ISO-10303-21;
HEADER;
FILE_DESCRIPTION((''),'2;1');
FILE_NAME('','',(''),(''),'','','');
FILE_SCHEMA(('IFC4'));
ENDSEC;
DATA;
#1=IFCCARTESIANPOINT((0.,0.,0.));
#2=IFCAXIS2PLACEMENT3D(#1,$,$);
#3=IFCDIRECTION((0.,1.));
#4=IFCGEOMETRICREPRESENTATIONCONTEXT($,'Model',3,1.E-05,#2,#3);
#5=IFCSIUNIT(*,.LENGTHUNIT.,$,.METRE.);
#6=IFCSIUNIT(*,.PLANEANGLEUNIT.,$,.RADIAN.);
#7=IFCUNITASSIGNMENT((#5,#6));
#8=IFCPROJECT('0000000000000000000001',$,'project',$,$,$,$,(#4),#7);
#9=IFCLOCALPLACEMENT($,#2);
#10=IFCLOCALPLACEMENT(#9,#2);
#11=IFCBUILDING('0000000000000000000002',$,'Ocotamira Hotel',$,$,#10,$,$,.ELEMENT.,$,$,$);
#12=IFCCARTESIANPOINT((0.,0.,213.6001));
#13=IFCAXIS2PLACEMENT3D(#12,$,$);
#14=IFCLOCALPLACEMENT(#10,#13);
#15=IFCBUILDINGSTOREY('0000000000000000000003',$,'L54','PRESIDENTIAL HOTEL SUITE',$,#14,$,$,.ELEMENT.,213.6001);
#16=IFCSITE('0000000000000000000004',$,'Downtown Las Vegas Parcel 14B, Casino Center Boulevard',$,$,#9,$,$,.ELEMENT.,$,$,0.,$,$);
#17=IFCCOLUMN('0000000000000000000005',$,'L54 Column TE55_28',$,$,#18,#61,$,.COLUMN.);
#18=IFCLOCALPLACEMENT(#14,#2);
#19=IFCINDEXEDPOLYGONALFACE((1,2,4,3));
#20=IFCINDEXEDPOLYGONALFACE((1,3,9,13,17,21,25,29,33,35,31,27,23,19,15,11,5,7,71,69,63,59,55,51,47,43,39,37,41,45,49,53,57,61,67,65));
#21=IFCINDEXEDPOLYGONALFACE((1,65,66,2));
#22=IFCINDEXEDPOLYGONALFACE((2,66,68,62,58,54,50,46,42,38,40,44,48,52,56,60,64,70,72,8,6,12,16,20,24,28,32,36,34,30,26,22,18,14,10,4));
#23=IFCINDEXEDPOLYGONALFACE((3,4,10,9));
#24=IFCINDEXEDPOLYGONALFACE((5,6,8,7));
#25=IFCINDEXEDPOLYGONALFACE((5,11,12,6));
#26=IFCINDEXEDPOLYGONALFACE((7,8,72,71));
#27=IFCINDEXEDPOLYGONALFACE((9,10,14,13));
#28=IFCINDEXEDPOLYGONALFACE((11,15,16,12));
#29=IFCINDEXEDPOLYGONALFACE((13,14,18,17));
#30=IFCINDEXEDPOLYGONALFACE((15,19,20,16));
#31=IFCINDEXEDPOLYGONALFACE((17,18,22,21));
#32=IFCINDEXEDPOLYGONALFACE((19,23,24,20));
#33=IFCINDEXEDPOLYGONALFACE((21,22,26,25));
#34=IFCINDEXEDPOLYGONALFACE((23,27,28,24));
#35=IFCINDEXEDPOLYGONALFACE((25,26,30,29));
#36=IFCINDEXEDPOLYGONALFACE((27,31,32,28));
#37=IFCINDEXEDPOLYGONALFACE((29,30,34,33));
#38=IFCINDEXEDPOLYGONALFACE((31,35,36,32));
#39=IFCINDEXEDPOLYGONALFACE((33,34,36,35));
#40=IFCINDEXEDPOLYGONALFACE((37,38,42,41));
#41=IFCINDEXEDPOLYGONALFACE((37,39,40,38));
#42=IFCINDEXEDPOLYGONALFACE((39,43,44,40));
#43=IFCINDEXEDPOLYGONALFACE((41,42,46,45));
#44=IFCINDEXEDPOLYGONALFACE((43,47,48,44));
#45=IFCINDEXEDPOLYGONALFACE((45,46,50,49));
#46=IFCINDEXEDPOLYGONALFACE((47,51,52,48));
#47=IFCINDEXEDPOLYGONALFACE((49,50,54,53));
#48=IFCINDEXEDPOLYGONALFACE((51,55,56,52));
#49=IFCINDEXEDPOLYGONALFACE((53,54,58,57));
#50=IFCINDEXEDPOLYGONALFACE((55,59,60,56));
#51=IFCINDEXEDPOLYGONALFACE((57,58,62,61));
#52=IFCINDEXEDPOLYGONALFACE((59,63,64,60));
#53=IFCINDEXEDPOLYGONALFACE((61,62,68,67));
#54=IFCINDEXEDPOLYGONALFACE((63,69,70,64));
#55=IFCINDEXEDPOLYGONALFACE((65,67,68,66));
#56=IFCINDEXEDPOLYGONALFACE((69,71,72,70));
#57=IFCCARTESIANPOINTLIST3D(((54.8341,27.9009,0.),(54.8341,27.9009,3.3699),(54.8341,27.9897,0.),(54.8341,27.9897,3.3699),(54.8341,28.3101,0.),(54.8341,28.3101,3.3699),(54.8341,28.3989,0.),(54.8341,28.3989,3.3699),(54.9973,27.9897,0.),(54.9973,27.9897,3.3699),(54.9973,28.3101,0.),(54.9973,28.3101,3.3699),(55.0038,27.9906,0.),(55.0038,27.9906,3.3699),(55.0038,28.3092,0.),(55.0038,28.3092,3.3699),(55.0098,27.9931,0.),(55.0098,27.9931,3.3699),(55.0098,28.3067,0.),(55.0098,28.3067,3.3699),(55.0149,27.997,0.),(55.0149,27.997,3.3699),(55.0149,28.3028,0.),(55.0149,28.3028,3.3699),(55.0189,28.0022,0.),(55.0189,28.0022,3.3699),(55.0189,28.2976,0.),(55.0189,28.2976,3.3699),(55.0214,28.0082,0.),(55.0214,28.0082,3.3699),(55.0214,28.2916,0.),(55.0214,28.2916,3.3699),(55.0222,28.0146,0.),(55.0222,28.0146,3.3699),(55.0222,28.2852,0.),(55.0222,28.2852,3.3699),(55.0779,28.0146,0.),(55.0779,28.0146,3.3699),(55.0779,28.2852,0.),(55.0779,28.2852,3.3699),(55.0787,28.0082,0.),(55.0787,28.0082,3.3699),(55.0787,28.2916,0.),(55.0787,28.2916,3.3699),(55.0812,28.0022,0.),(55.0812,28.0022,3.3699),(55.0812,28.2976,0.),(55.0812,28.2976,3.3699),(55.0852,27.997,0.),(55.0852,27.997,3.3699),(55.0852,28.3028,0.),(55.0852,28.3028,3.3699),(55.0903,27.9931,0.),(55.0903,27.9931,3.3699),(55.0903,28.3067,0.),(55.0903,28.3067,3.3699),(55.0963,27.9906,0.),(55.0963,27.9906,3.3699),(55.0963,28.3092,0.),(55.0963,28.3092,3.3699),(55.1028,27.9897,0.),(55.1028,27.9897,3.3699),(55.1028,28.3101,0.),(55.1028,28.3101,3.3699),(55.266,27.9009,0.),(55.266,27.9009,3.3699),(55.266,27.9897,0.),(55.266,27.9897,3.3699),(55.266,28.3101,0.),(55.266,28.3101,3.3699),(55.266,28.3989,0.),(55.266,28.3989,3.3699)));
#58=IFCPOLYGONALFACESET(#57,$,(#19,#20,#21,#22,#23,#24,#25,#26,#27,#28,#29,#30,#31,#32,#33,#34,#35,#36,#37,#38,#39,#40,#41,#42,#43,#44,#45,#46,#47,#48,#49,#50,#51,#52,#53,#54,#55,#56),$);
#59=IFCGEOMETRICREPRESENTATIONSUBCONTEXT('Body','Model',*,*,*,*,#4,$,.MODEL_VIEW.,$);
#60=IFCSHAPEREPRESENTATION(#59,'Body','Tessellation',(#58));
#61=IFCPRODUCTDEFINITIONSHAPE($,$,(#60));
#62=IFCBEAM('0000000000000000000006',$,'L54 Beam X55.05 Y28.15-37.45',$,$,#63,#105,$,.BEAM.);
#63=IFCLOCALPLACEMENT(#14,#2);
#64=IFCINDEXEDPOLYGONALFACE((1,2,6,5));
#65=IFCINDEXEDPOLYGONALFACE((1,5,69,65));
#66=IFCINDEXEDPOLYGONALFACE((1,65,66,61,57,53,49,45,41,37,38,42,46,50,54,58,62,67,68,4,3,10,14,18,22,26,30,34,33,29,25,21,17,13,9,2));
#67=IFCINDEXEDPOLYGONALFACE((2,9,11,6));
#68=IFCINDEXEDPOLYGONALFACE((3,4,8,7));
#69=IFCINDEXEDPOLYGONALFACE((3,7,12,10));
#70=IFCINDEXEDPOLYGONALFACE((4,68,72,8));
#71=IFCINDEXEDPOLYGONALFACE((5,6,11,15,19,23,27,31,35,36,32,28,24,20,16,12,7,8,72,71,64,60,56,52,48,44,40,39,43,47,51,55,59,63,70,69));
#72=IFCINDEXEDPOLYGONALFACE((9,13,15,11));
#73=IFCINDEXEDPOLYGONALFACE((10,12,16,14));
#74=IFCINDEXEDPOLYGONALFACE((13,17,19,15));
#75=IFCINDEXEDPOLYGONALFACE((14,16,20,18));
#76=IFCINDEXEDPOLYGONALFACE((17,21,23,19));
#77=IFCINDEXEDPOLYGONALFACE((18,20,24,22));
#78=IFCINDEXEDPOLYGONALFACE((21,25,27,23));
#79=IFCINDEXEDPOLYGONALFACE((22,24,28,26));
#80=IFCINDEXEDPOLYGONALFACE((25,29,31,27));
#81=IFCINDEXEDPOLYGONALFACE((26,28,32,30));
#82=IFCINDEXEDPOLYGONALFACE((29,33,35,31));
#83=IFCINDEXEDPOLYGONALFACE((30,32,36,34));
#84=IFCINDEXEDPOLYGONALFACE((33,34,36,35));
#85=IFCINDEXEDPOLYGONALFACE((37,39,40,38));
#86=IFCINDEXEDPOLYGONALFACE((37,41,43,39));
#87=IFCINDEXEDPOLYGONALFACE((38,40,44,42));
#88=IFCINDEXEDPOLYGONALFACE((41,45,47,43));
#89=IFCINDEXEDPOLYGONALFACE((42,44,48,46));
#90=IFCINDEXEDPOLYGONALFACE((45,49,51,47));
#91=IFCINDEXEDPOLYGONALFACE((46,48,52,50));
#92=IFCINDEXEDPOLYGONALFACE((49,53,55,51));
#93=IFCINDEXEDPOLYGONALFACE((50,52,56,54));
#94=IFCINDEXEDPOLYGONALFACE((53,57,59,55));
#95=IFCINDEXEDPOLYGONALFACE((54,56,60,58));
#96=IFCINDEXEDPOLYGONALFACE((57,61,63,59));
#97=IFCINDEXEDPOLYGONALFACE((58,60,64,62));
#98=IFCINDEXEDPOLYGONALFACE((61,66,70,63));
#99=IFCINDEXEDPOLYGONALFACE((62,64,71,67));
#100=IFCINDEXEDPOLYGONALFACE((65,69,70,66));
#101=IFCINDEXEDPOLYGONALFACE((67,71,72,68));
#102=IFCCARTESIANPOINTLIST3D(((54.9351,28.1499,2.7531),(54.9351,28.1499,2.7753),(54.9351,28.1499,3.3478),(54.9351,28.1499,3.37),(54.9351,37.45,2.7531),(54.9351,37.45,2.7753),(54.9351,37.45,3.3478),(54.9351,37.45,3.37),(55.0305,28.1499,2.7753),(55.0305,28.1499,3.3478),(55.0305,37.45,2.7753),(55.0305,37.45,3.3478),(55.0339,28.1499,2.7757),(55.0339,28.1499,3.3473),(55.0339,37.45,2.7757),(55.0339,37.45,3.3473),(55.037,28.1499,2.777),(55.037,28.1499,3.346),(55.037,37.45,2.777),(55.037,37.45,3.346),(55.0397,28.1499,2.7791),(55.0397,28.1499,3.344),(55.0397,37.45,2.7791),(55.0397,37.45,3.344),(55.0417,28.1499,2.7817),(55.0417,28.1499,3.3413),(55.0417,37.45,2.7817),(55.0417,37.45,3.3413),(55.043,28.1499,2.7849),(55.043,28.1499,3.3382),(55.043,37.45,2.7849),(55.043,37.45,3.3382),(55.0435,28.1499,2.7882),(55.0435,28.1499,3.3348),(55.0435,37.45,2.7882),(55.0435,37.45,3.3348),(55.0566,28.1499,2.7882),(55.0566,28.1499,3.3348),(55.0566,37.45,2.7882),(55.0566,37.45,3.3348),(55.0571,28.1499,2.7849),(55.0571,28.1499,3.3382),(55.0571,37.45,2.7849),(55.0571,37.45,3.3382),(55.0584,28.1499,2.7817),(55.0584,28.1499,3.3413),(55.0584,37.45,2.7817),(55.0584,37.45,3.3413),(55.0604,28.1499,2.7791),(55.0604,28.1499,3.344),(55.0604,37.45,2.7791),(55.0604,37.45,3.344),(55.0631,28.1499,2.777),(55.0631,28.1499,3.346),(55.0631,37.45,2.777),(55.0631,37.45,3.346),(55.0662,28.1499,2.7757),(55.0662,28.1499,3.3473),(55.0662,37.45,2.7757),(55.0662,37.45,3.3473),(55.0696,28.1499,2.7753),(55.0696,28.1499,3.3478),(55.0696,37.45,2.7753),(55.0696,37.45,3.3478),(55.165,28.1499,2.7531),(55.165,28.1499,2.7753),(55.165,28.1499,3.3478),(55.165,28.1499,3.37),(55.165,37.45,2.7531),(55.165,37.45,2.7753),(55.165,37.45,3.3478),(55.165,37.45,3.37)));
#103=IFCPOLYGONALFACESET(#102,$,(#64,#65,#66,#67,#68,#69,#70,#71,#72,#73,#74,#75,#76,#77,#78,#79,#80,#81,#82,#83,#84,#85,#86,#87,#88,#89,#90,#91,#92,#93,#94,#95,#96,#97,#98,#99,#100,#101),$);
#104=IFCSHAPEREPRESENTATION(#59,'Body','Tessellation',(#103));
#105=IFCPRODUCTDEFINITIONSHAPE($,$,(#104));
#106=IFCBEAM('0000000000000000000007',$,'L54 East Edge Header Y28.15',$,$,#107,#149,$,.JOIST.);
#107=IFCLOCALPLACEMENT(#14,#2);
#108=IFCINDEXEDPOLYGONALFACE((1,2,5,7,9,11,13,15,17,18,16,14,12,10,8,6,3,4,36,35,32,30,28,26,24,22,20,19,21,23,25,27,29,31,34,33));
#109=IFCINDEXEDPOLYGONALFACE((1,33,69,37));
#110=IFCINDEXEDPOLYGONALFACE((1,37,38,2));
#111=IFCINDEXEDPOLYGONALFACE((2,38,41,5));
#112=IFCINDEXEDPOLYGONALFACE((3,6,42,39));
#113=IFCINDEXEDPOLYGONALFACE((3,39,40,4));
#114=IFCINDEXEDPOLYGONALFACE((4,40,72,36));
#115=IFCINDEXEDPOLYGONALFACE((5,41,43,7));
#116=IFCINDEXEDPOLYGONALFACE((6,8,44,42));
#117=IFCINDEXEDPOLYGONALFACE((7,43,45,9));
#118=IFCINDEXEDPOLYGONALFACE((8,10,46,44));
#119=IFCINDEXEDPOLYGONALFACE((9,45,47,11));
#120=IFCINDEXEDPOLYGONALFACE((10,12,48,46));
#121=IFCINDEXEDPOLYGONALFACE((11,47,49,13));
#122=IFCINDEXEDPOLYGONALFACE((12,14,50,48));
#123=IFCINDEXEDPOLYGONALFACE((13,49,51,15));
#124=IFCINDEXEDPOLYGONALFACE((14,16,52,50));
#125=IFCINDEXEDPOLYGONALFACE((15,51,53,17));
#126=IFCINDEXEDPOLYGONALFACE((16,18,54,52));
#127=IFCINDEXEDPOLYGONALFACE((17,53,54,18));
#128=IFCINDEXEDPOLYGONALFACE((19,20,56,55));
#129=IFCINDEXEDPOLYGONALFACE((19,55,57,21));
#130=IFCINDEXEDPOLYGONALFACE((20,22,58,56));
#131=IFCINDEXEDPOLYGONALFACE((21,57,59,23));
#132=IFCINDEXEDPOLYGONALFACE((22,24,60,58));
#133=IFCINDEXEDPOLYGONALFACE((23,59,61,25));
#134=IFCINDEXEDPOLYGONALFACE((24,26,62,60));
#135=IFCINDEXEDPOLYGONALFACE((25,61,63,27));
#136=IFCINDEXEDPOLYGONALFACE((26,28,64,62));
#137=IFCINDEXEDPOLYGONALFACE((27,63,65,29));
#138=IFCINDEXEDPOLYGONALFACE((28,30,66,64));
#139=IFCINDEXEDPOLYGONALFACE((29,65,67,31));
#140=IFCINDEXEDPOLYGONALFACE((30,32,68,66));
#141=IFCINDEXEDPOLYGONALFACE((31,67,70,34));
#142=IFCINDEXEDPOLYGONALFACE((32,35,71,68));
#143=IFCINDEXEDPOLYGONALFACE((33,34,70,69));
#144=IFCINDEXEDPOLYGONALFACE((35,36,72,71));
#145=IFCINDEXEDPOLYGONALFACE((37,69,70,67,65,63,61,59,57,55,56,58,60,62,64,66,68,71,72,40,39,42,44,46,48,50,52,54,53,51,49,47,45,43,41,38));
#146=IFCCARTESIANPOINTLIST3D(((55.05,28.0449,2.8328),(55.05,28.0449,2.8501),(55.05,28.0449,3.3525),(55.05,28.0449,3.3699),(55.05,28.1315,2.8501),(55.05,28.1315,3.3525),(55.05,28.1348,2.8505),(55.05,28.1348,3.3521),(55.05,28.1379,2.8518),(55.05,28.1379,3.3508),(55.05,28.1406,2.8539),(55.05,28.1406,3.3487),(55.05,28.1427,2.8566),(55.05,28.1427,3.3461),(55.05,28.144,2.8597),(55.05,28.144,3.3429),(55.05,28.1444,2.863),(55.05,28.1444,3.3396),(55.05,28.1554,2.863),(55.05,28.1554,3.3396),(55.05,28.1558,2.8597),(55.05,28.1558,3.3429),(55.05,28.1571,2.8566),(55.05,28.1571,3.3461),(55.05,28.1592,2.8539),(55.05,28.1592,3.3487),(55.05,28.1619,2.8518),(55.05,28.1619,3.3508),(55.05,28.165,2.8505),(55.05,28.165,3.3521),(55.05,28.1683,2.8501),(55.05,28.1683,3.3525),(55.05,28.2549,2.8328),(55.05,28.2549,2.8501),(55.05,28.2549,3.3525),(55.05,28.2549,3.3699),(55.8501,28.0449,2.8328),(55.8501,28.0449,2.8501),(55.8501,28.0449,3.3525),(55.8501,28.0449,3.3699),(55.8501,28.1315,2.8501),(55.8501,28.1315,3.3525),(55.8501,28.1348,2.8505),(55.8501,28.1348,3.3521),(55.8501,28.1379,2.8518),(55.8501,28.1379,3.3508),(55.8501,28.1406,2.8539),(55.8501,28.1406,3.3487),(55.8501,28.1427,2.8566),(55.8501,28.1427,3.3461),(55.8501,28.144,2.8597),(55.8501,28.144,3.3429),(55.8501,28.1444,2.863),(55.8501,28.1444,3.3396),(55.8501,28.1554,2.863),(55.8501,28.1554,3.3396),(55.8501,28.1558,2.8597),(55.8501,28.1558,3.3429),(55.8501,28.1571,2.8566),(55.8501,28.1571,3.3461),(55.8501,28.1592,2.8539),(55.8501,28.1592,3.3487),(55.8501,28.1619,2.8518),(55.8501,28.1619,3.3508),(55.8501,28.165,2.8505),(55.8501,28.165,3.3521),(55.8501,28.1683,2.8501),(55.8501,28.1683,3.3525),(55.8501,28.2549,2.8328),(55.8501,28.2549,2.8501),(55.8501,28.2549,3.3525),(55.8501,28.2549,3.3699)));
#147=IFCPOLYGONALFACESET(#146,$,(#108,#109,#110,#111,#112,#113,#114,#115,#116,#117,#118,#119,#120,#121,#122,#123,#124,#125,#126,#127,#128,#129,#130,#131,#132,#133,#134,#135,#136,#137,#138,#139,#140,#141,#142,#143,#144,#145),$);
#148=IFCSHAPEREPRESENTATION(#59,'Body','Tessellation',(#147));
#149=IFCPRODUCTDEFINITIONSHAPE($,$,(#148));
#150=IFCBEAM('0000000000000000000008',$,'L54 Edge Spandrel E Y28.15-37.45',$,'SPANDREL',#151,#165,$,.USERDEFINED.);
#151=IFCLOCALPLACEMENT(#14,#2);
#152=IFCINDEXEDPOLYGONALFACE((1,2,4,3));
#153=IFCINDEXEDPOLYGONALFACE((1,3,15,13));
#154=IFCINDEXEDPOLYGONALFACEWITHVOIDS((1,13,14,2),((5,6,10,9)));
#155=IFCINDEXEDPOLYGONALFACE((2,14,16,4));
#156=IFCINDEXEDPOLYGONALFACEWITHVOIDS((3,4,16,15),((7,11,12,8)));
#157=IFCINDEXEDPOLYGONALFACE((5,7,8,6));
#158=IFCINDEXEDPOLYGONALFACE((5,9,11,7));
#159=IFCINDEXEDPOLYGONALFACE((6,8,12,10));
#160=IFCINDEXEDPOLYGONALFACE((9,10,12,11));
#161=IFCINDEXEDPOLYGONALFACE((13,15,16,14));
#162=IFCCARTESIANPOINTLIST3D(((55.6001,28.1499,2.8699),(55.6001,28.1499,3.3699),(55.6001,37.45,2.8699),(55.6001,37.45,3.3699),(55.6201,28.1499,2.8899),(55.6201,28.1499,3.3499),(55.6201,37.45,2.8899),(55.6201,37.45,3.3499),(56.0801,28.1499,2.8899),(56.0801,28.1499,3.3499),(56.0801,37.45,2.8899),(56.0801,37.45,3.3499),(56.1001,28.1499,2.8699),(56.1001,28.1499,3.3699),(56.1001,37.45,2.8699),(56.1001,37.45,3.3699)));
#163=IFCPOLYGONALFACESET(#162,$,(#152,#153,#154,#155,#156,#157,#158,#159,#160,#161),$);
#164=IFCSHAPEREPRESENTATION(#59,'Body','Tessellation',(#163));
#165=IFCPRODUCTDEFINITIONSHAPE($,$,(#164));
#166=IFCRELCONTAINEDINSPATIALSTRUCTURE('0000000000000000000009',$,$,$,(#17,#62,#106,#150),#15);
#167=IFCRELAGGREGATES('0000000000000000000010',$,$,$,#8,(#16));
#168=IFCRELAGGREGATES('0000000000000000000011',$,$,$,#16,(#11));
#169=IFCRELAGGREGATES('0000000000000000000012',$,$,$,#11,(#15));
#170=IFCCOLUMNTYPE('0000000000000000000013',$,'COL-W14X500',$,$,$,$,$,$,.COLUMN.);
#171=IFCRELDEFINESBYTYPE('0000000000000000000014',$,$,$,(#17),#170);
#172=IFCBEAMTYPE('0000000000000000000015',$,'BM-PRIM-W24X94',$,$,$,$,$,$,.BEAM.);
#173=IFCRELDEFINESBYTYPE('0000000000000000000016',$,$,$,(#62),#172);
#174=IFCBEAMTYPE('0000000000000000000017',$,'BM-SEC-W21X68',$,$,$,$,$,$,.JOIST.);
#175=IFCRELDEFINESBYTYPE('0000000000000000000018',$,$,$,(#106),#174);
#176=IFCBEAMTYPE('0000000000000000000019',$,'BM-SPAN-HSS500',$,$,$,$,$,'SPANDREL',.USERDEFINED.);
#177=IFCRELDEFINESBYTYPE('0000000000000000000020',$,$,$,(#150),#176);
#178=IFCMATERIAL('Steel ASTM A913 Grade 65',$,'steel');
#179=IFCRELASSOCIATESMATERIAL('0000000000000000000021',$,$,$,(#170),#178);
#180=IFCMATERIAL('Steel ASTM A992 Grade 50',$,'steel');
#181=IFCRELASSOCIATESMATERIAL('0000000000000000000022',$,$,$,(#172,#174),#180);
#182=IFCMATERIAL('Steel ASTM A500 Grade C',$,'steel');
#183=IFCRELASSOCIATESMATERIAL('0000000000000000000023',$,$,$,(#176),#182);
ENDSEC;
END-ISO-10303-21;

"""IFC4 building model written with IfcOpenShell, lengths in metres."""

from ifc_helpers import new_model, si_unit, direction, frame, origin, origin_2d, place, context, subcontext, project, spatial, hollow_rectangle, i_section, extrude, source, transform, mapped, material, material_profile, profile_set, type_object, element, save


model = new_model("IFC4")

# Units and contexts
model_context = context("Model", 3, precision=1e-05, world=origin(), true_north=direction((0.0, 1.0)))
body_context = subcontext(model_context, "Body", "Model", "MODEL_VIEW")
ifc_project = project(units=[si_unit("LENGTHUNIT", "METRE"), si_unit("PLANEANGLEUNIT", "RADIAN")], contexts=[model_context])

# Site, building, storey
site_placement = place(None, origin())
site = spatial("IfcSite", under=ifc_project, at=site_placement, Name="Downtown Las Vegas Parcel 14B, Casino Center Boulevard", CompositionType="ELEMENT", RefElevation=0.0)
building_placement = place(site_placement, origin())
building = spatial("IfcBuilding", under=site, at=building_placement, Name="Ocotamira Hotel", CompositionType="ELEMENT")
storey_placement = place(building_placement, frame((0.0, 0.0, 213.6001)))
storey = spatial("IfcBuildingStorey", under=building, at=storey_placement, Name="L54", Description="PRESIDENTIAL HOTEL SUITE", CompositionType="ELEMENT", Elevation=213.6001)

# Column
ifc_material_1 = material(Name="Steel ASTM A913 Grade 65", Category="steel")
ifc_material_profile_1 = material_profile(ifc_material_1, i_section(OverallWidth=0.4319, OverallDepth=0.498, WebThickness=0.0557, FlangeThickness=0.0889, FilletRadius=0.0249, at=origin_2d()), Name="W14X500")
ifc_profile_set_1 = profile_set([ifc_material_profile_1], Name="Steel ASTM A913 Grade 65")
column_type = type_object("IfcColumnType", Name="COL-W14X500", PredefinedType="COLUMN", material=ifc_profile_set_1)
shared_shape_1 = source(origin(), body_context, "Body", "SweptSolid", [
    extrude(i_section(OverallWidth=0.4319, OverallDepth=0.498, WebThickness=0.0557, FlangeThickness=0.0889, FilletRadius=0.0249, at=origin_2d()), origin(), (0.0, 0.0, 1.0), 3.3699),
])
column_placement = place(storey_placement, frame((55.05, 28.1499, 0.0), z_axis=(0.0, 0.0, 1.0), x_axis=(1.0, 0.0, 0.0)))
element("IfcColumn", 1, at=column_placement, inside=storey, type_object=column_type, Name="L54 Column TE55_28", PredefinedType="COLUMN", context=body_context, shape_type="MappedRepresentation", body=[
    mapped(shared_shape_1, transform((0.0, 0.0, 0.0), scale=1.0)),
])

# Beams
ifc_material_2 = material(Name="Steel ASTM A992 Grade 50", Category="steel")
ifc_material_profile_2 = material_profile(ifc_material_2, i_section(OverallWidth=0.23, OverallDepth=0.6169, WebThickness=0.0132, FlangeThickness=0.0222, FilletRadius=0.0129, at=origin_2d()), Name="W24X94")
ifc_profile_set_2 = profile_set([ifc_material_profile_2], Name="Steel ASTM A992 Grade 50")
beam_type_1 = type_object("IfcBeamType", Name="BM-PRIM-W24X94", PredefinedType="BEAM", material=ifc_profile_set_2)
shared_shape_2 = source(origin(), body_context, "Body", "SweptSolid", [
    extrude(i_section(OverallWidth=0.23, OverallDepth=0.6169, WebThickness=0.0132, FlangeThickness=0.0222, FilletRadius=0.0129, at=origin_2d()), origin(), (0.0, 0.0, 1.0), 9.3),
])
beam_1_placement = place(storey_placement, frame((55.05, 28.1499, 3.0615), z_axis=(0.0, 1.0, 0.0), x_axis=(-1.0, 0.0, 0.0)))
element("IfcBeam", 2, at=beam_1_placement, inside=storey, type_object=beam_type_1, Name="L54 Beam X55.05 Y28.15-37.45", PredefinedType="BEAM", context=body_context, shape_type="MappedRepresentation", body=[
    mapped(shared_shape_2, transform((0.0, 0.0, 0.0), scale=1.0)),
])
ifc_material_profile_3 = material_profile(ifc_material_2, i_section(OverallWidth=0.21, OverallDepth=0.5371, WebThickness=0.011, FlangeThickness=0.0173, FilletRadius=0.0129, at=origin_2d()), Name="W21X68")
ifc_profile_set_3 = profile_set([ifc_material_profile_3], Name="Steel ASTM A992 Grade 50")
beam_type_2 = type_object("IfcBeamType", Name="BM-SEC-W21X68", PredefinedType="JOIST", material=ifc_profile_set_3)
shared_shape_3 = source(origin(), body_context, "Body", "SweptSolid", [
    extrude(i_section(OverallWidth=0.21, OverallDepth=0.5371, WebThickness=0.011, FlangeThickness=0.0173, FilletRadius=0.0129, at=origin_2d()), origin(), (0.0, 0.0, 1.0), 0.8),
])
beam_2_placement = place(storey_placement, frame((55.05, 28.1499, 3.1013), z_axis=(1.0, 0.0, 0.0), x_axis=(0.0, 1.0, 0.0)))
element("IfcBeam", 3, at=beam_2_placement, inside=storey, type_object=beam_type_2, Name="L54 East Edge Header Y28.15", PredefinedType="JOIST", context=body_context, shape_type="MappedRepresentation", body=[
    mapped(shared_shape_3, transform((0.0, 0.0, 0.0), scale=1.0)),
])
ifc_material_3 = material(Name="Steel ASTM A500 Grade C", Category="steel")
ifc_material_profile_4 = material_profile(ifc_material_3, hollow_rectangle(XDim=0.5, YDim=0.5, WallThickness=0.02, at=origin_2d()), Name="HSS500X500X20")
ifc_profile_set_4 = profile_set([ifc_material_profile_4], Name="Steel ASTM A500 Grade C")
beam_type_3 = type_object("IfcBeamType", Name="BM-SPAN-HSS500", ElementType="SPANDREL", PredefinedType="USERDEFINED", material=ifc_profile_set_4)
shared_shape_4 = source(origin(), body_context, "Body", "SweptSolid", [
    extrude(hollow_rectangle(XDim=0.5, YDim=0.5, WallThickness=0.02, at=origin_2d()), origin(), (0.0, 0.0, 1.0), 9.3),
])
beam_3_placement = place(storey_placement, frame((55.8501, 28.1499, 3.1199), z_axis=(0.0, 1.0, 0.0), x_axis=(-1.0, 0.0, 0.0)))
element("IfcBeam", 4, at=beam_3_placement, inside=storey, type_object=beam_type_3, Name="L54 Edge Spandrel E Y28.15-37.45", ObjectType="SPANDREL", PredefinedType="USERDEFINED", context=body_context, shape_type="MappedRepresentation", body=[
    mapped(shared_shape_4, transform((0.0, 0.0, 0.0), scale=1.0)),
])

save(model, "model.ifc")
